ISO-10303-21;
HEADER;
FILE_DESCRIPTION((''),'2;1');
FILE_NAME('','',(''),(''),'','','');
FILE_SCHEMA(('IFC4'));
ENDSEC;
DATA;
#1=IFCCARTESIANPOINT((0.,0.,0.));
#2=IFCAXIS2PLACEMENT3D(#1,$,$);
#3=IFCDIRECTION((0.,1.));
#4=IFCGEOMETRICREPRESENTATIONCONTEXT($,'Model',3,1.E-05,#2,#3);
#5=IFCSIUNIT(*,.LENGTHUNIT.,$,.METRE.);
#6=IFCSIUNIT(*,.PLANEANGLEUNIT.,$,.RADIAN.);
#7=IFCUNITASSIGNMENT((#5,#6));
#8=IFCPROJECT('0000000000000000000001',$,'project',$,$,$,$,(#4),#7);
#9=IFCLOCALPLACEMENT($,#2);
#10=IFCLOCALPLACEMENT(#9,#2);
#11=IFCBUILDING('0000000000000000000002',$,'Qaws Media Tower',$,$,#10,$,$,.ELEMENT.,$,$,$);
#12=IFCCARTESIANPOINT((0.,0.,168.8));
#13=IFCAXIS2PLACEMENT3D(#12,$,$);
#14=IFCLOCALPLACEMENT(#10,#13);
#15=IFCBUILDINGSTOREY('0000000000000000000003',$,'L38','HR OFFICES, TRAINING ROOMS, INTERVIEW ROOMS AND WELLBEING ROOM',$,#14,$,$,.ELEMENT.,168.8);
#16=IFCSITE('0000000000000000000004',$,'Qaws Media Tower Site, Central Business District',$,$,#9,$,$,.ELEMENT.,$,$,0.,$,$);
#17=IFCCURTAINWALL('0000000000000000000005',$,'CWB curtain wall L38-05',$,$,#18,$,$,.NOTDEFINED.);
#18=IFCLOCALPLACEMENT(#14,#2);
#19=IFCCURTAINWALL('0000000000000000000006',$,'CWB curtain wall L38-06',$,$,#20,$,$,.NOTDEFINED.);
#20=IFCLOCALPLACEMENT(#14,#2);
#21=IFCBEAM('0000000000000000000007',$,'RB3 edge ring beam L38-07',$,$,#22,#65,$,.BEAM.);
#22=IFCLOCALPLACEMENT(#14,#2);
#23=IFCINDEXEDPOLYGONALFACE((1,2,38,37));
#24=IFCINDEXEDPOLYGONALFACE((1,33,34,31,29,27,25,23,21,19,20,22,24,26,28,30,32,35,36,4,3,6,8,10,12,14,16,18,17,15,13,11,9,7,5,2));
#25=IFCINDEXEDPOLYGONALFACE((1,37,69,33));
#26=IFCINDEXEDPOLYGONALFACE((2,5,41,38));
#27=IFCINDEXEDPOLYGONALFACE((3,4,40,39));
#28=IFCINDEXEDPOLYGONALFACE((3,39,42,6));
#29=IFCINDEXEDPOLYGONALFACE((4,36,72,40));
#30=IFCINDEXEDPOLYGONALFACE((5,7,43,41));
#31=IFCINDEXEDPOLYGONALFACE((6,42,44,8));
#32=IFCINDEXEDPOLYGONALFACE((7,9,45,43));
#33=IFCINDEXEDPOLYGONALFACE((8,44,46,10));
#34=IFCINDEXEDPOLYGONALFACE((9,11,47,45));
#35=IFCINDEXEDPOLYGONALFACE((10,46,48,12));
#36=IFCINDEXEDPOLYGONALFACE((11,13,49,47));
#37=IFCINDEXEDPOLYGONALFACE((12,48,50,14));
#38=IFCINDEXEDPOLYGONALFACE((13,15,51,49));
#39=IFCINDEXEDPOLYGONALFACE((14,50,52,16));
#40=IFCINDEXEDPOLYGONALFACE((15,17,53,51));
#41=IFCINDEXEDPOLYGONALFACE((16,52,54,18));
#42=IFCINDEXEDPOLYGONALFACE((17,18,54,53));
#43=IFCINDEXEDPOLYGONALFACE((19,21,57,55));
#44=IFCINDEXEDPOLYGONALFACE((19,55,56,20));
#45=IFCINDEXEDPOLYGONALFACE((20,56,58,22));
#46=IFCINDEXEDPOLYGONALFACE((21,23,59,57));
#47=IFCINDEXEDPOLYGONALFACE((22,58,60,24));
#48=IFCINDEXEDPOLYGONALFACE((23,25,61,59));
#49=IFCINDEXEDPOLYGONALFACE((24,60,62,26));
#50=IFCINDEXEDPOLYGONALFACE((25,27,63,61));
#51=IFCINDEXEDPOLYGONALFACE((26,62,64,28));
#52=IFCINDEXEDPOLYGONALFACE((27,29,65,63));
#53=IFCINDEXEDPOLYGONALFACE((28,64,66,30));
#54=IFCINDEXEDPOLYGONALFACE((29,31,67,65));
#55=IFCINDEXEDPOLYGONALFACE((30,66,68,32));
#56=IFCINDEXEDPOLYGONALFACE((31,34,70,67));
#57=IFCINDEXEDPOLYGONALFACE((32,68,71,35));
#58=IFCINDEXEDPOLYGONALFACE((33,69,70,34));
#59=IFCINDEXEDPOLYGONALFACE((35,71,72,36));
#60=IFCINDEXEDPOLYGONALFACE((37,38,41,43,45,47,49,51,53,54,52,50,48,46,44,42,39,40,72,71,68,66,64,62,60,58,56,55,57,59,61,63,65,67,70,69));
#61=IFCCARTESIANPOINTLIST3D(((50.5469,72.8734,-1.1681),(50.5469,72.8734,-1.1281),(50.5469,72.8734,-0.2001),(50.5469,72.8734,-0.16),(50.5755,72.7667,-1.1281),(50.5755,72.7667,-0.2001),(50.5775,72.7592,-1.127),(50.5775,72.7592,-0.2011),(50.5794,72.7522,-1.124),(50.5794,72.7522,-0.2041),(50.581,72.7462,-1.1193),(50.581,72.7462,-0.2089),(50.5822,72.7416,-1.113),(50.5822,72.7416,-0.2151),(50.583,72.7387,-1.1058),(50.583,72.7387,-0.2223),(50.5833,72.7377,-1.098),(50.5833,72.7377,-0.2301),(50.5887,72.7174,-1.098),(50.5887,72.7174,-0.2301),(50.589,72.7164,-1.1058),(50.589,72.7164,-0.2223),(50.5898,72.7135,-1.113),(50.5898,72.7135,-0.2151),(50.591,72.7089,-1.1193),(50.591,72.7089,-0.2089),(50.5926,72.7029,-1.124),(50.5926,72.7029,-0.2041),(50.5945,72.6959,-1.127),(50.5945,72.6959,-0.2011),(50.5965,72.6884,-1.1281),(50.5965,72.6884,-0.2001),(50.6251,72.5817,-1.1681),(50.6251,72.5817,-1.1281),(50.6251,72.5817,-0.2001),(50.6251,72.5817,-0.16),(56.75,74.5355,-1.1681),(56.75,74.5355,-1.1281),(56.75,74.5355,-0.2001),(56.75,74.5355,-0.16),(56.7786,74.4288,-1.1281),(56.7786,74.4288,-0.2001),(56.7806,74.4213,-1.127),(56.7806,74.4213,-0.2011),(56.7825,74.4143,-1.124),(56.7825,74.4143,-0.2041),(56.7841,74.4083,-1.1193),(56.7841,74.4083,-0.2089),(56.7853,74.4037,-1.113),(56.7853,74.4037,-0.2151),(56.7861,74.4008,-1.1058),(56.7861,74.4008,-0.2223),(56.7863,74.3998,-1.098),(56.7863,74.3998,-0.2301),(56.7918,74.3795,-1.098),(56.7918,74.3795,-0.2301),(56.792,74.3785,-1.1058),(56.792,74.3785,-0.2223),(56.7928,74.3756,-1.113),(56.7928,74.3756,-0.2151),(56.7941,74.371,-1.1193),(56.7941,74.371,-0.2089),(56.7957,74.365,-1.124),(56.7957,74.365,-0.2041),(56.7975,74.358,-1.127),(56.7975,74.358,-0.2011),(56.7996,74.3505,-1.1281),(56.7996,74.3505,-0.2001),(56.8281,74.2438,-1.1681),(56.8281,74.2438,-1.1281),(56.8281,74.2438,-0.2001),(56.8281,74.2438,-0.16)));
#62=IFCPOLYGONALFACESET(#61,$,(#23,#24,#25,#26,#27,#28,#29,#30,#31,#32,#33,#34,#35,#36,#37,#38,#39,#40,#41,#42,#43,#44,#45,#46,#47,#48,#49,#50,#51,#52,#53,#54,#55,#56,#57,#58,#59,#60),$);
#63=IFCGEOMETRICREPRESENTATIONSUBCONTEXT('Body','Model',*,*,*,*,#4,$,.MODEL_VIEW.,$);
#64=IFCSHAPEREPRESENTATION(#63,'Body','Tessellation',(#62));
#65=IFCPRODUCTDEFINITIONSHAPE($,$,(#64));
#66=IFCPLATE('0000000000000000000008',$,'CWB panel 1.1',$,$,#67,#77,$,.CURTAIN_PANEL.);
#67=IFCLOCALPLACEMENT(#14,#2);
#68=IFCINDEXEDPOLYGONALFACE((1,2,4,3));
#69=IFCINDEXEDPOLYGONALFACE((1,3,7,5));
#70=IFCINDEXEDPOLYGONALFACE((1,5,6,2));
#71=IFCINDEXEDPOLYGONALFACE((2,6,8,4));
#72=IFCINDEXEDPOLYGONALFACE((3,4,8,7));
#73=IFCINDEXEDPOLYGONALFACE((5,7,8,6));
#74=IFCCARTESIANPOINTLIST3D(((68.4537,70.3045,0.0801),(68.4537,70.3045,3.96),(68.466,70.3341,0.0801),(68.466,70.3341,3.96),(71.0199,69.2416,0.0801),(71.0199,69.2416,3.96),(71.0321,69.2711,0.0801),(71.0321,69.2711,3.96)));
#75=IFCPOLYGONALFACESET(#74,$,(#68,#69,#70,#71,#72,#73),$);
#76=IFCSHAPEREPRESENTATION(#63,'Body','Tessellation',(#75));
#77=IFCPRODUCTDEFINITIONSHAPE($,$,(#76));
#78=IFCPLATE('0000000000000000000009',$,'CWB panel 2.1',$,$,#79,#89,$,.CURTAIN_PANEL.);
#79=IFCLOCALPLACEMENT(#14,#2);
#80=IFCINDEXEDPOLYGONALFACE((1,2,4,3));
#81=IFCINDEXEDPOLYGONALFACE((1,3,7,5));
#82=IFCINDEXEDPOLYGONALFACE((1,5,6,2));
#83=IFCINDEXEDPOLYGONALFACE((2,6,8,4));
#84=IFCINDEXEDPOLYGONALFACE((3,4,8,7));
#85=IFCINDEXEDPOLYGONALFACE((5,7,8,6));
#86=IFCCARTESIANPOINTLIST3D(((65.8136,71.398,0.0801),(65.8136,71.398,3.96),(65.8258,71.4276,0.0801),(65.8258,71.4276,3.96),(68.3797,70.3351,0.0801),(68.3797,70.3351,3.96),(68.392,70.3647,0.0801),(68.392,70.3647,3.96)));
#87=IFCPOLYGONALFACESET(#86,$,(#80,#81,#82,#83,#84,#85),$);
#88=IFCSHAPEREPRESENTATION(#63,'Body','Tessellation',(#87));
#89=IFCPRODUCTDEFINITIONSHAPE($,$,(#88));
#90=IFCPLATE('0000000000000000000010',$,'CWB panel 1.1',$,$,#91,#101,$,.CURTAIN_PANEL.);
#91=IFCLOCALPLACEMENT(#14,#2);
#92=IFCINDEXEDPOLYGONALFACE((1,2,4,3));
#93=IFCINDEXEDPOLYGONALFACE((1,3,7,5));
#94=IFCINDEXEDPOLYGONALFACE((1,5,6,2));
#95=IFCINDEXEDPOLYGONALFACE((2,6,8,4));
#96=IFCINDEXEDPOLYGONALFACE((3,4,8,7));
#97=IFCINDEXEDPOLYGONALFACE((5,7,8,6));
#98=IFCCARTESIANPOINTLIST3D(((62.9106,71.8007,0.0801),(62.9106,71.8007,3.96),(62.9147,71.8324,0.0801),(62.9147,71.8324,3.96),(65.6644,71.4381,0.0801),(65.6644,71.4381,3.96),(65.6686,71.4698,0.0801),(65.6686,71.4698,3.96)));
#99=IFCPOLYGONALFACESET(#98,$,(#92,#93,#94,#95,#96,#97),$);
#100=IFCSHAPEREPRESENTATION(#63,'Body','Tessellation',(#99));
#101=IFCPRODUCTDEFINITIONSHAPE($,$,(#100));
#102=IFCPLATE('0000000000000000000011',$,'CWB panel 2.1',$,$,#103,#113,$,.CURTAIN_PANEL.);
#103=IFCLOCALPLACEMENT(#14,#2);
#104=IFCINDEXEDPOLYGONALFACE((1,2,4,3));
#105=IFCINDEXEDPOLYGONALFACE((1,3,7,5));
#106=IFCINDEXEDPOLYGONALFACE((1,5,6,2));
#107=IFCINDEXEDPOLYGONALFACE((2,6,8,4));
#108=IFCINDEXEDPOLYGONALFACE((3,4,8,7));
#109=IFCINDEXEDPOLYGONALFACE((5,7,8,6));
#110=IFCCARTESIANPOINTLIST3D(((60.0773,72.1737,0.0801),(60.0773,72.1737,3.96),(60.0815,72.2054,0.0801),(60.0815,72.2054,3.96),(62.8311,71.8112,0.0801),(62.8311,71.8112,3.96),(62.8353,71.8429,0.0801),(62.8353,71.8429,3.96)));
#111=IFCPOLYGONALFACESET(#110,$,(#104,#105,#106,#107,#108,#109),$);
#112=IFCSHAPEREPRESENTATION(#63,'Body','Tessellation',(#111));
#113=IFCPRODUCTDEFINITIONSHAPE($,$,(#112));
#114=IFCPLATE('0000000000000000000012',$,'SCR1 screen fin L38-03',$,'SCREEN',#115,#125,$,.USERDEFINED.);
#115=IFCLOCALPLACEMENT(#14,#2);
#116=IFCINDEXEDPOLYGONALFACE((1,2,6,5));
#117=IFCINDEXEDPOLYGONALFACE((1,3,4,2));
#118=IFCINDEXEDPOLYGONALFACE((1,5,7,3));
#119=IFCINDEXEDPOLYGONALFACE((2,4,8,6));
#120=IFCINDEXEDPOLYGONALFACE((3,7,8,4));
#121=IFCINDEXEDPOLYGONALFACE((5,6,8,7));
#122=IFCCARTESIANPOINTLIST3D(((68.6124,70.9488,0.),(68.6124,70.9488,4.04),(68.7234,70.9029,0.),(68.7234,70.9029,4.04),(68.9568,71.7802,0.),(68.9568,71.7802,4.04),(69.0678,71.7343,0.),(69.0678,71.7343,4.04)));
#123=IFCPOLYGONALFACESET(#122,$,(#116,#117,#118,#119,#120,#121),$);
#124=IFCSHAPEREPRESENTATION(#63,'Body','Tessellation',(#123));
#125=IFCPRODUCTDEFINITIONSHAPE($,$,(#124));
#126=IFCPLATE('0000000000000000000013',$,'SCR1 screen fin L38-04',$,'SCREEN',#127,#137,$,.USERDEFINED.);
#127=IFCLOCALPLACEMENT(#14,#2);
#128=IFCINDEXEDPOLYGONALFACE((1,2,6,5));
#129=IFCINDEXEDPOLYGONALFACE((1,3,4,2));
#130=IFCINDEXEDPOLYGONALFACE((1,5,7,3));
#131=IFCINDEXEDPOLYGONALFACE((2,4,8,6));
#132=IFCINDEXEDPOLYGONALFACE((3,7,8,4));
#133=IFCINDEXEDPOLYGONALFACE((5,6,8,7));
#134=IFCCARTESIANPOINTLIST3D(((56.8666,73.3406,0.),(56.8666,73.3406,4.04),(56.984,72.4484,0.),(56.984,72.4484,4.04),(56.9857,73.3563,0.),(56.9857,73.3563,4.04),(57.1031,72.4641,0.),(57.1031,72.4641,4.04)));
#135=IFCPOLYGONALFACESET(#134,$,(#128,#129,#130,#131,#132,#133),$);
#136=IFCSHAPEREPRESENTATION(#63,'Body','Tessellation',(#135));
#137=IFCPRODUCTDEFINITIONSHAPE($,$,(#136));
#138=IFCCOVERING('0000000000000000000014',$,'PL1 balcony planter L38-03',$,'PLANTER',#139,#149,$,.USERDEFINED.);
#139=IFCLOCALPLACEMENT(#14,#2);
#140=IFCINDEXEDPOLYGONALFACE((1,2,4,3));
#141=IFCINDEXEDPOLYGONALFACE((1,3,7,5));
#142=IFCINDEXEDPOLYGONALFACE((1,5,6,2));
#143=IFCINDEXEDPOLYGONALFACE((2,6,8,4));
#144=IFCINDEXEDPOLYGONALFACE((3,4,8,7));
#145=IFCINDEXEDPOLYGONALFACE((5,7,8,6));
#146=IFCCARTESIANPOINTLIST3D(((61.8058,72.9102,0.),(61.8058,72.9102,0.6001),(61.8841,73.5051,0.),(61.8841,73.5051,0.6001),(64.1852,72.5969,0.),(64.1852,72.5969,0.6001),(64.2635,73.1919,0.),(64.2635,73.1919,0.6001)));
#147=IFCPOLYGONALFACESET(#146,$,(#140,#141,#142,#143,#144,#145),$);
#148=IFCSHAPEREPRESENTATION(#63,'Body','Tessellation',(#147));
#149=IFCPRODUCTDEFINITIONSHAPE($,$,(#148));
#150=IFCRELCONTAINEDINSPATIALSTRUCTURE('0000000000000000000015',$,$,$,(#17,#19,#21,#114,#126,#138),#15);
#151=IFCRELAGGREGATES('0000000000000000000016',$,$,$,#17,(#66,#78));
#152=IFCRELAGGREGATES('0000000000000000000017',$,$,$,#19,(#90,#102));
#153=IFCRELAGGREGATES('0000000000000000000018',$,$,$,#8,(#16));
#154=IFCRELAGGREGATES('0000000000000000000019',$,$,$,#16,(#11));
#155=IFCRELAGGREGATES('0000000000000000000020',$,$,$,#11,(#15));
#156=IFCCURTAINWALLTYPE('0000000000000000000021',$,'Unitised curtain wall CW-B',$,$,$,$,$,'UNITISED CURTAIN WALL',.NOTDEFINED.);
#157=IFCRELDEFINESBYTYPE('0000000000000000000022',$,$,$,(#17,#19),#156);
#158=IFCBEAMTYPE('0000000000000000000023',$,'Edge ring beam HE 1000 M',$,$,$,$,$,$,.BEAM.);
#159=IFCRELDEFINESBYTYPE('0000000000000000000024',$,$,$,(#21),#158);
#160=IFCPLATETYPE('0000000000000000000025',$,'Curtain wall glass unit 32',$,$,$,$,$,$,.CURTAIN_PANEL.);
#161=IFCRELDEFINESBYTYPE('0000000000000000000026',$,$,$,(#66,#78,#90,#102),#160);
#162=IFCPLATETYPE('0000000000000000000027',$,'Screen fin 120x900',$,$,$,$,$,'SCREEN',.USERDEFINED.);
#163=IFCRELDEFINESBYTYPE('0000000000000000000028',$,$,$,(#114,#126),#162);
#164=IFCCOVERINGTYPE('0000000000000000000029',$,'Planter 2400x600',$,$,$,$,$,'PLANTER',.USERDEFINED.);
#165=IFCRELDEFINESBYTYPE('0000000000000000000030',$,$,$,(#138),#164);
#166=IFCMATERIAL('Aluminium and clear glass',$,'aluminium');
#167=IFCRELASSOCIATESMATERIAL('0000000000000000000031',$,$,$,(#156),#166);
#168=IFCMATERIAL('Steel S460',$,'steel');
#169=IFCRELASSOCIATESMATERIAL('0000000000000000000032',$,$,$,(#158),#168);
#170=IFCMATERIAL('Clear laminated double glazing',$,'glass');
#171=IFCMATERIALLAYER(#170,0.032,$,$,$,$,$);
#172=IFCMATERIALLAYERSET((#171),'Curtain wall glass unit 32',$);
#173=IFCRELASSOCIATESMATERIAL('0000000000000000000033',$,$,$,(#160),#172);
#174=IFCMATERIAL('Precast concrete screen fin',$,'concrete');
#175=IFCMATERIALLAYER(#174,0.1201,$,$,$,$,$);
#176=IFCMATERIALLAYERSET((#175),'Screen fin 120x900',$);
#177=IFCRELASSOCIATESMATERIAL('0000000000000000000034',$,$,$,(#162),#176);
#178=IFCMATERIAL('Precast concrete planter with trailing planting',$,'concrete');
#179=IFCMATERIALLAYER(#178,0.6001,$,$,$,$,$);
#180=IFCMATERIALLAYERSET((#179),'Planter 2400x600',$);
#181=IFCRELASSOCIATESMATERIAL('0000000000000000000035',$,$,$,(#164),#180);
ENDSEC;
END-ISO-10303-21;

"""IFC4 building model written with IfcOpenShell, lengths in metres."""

from ifc_helpers import new_model, si_unit, direction, frame, origin, origin_2d, place, context, subcontext, project, spatial, rectangle, i_section, extrude, material, layer, layer_set, material_profile, profile_set, type_object, element, aggregate, save


model = new_model("IFC4")

# Units and contexts
model_context = context("Model", 3, precision=1e-05, world=origin(), true_north=direction((0.0, 1.0)))
body_context = subcontext(model_context, "Body", "Model", "MODEL_VIEW")
ifc_project = project(units=[si_unit("LENGTHUNIT", "METRE"), si_unit("PLANEANGLEUNIT", "RADIAN")], contexts=[model_context])

# Site, building, storey
site_placement = place(None, origin())
site = spatial("IfcSite", under=ifc_project, at=site_placement, Name="Qaws Media Tower Site, Central Business District", CompositionType="ELEMENT", RefElevation=0.0)
building_placement = place(site_placement, origin())
building = spatial("IfcBuilding", under=site, at=building_placement, Name="Qaws Media Tower", CompositionType="ELEMENT")
storey_placement = place(building_placement, frame((0.0, 0.0, 168.8)))
storey = spatial("IfcBuildingStorey", under=building, at=storey_placement, Name="L38", Description="HR OFFICES, TRAINING ROOMS, INTERVIEW ROOMS AND WELLBEING ROOM", CompositionType="ELEMENT", Elevation=168.8)

# Curtain walls
ifc_material_1 = material(Name="Aluminium and clear glass", Category="aluminium")
curtain_wall_type = type_object("IfcCurtainWallType", Name="Unitised curtain wall CW-B", ElementType="UNITISED CURTAIN WALL", PredefinedType="NOTDEFINED", material=ifc_material_1)
curtain_wall_1_placement = place(storey_placement, origin())
curtain_wall_1 = element("IfcCurtainWall", 1, at=curtain_wall_1_placement, inside=storey, type_object=curtain_wall_type, Name="CWB curtain wall L38-05", PredefinedType="NOTDEFINED")
curtain_wall_2_placement = place(storey_placement, origin())
curtain_wall_2 = element("IfcCurtainWall", 2, at=curtain_wall_2_placement, inside=storey, type_object=curtain_wall_type, Name="CWB curtain wall L38-06", PredefinedType="NOTDEFINED")

# Beam
ifc_material_2 = material(Name="Steel S460", Category="steel")
ifc_material_profile_1 = material_profile(ifc_material_2, i_section(OverallWidth=0.302, OverallDepth=1.0081, WebThickness=0.021, FlangeThickness=0.04, FilletRadius=0.03, at=origin_2d()), Name="HE 1000 M")
ifc_profile_set_1 = profile_set([ifc_material_profile_1], Name="Steel S460")
beam_type = type_object("IfcBeamType", Name="Edge ring beam HE 1000 M", PredefinedType="BEAM", material=ifc_profile_set_1)
for number, where, z_axis, x_axis, name in (
    (3, (56.7891, 74.3896, -0.6641), (-0.965926, -0.258817, 0.0), (0.258817, -0.965926, 0.0), "RB3 edge ring beam L38-07"),
):
    element("IfcBeam", number, at=place(storey_placement, frame(where, z_axis=z_axis, x_axis=x_axis)), inside=storey, type_object=beam_type, Name=name, PredefinedType="BEAM", context=body_context, shape_type="SweptSolid", body=[
        extrude(i_section(OverallWidth=0.302, OverallDepth=1.0081, WebThickness=0.021, FlangeThickness=0.04, FilletRadius=0.03, at=origin_2d()), origin(), (0.0, 0.0, 1.0), 6.4219),
    ])

# Plates
ifc_material_3 = material(Name="Clear laminated double glazing", Category="glass")
ifc_layer_1 = layer(ifc_material_3, 0.032)
ifc_layer_set_1 = layer_set([ifc_layer_1], Name="Curtain wall glass unit 32")
plate_type_1 = type_object("IfcPlateType", Name="Curtain wall glass unit 32", PredefinedType="CURTAIN_PANEL", material=ifc_layer_set_1)
plate_1_placement = place(storey_placement, frame((69.7429, 69.7878, 0.0801), z_axis=(0.0, 0.0, 1.0), x_axis=(-0.92388, 0.382683, 0.0)))
plate_1 = element("IfcPlate", 4, at=plate_1_placement, type_object=plate_type_1, Name="CWB panel 1.1", PredefinedType="CURTAIN_PANEL", context=body_context, shape_type="SweptSolid", body=[
    extrude(rectangle(XDim=2.7776, YDim=0.032, at=origin_2d()), origin(), (0.0, 0.0, 1.0), 3.8799),
])
plate_2_placement = place(storey_placement, frame((67.1028, 70.8813, 0.0801), z_axis=(0.0, 0.0, 1.0), x_axis=(-0.92388, 0.382683, 0.0)))
plate_2 = element("IfcPlate", 5, at=plate_2_placement, type_object=plate_type_1, Name="CWB panel 2.1", PredefinedType="CURTAIN_PANEL", context=body_context, shape_type="SweptSolid", body=[
    extrude(rectangle(XDim=2.7776, YDim=0.032, at=origin_2d()), origin(), (0.0, 0.0, 1.0), 3.8799),
])
aggregate(curtain_wall_1, [plate_1, plate_2])
plate_3_placement = place(storey_placement, frame((64.2896, 71.6353, 0.0801), z_axis=(0.0, 0.0, 1.0), x_axis=(-0.991445, 0.130526, 0.0)))
plate_3 = element("IfcPlate", 6, at=plate_3_placement, type_object=plate_type_1, Name="CWB panel 1.1", PredefinedType="CURTAIN_PANEL", context=body_context, shape_type="SweptSolid", body=[
    extrude(rectangle(XDim=2.7776, YDim=0.032, at=origin_2d()), origin(), (0.0, 0.0, 1.0), 3.8799),
])
plate_4_placement = place(storey_placement, frame((61.4563, 72.0083, 0.0801), z_axis=(0.0, 0.0, 1.0), x_axis=(-0.991445, 0.130526, 0.0)))
plate_4 = element("IfcPlate", 7, at=plate_4_placement, type_object=plate_type_1, Name="CWB panel 2.1", PredefinedType="CURTAIN_PANEL", context=body_context, shape_type="SweptSolid", body=[
    extrude(rectangle(XDim=2.7776, YDim=0.032, at=origin_2d()), origin(), (0.0, 0.0, 1.0), 3.8799),
])
aggregate(curtain_wall_2, [plate_3, plate_4])

# Plates
ifc_material_4 = material(Name="Precast concrete screen fin", Category="concrete")
ifc_layer_2 = layer(ifc_material_4, 0.1201)
ifc_layer_set_2 = layer_set([ifc_layer_2], Name="Screen fin 120x900")
plate_type_2 = type_object("IfcPlateType", Name="Screen fin 120x900", ElementType="SCREEN", PredefinedType="USERDEFINED", material=ifc_layer_set_2)
for number, where, z_axis, x_axis, name in (
    (8, (68.8401, 71.3416, 0.0), (0.0, 0.0, 1.0), (0.382683, 0.92388, 0.0), "SCR1 screen fin L38-03"),
    (9, (56.9849, 72.9023, 0.0), (0.0, 0.0, 1.0), (-0.130526, 0.991445, 0.0), "SCR1 screen fin L38-04"),
):
    element("IfcPlate", number, at=place(storey_placement, frame(where, z_axis=z_axis, x_axis=x_axis)), inside=storey, type_object=plate_type_2, Name=name, ObjectType="SCREEN", PredefinedType="USERDEFINED", context=body_context, shape_type="SweptSolid", body=[
        extrude(rectangle(XDim=0.8999, YDim=0.1201, at=origin_2d()), origin(), (0.0, 0.0, 1.0), 4.04),
    ])

# Covering
ifc_material_5 = material(Name="Precast concrete planter with trailing planting", Category="concrete")
ifc_layer_3 = layer(ifc_material_5, 0.6001)
ifc_layer_set_3 = layer_set([ifc_layer_3], Name="Planter 2400x600")
covering_type = type_object("IfcCoveringType", Name="Planter 2400x600", ElementType="PLANTER", PredefinedType="USERDEFINED", material=ifc_layer_set_3)
covering_placement = place(storey_placement, frame((63.0347, 73.051, 0.0), z_axis=(0.0, 0.0, 1.0), x_axis=(-0.991445, 0.130526, 0.0)))
element("IfcCovering", 10, at=covering_placement, inside=storey, type_object=covering_type, Name="PL1 balcony planter L38-03", ObjectType="PLANTER", PredefinedType="USERDEFINED", context=body_context, shape_type="SweptSolid", body=[
    extrude(rectangle(XDim=2.3999, YDim=0.6001, at=origin_2d()), origin(), (0.0, 0.0, 1.0), 0.6001),
])

save(model, "model.ifc")
